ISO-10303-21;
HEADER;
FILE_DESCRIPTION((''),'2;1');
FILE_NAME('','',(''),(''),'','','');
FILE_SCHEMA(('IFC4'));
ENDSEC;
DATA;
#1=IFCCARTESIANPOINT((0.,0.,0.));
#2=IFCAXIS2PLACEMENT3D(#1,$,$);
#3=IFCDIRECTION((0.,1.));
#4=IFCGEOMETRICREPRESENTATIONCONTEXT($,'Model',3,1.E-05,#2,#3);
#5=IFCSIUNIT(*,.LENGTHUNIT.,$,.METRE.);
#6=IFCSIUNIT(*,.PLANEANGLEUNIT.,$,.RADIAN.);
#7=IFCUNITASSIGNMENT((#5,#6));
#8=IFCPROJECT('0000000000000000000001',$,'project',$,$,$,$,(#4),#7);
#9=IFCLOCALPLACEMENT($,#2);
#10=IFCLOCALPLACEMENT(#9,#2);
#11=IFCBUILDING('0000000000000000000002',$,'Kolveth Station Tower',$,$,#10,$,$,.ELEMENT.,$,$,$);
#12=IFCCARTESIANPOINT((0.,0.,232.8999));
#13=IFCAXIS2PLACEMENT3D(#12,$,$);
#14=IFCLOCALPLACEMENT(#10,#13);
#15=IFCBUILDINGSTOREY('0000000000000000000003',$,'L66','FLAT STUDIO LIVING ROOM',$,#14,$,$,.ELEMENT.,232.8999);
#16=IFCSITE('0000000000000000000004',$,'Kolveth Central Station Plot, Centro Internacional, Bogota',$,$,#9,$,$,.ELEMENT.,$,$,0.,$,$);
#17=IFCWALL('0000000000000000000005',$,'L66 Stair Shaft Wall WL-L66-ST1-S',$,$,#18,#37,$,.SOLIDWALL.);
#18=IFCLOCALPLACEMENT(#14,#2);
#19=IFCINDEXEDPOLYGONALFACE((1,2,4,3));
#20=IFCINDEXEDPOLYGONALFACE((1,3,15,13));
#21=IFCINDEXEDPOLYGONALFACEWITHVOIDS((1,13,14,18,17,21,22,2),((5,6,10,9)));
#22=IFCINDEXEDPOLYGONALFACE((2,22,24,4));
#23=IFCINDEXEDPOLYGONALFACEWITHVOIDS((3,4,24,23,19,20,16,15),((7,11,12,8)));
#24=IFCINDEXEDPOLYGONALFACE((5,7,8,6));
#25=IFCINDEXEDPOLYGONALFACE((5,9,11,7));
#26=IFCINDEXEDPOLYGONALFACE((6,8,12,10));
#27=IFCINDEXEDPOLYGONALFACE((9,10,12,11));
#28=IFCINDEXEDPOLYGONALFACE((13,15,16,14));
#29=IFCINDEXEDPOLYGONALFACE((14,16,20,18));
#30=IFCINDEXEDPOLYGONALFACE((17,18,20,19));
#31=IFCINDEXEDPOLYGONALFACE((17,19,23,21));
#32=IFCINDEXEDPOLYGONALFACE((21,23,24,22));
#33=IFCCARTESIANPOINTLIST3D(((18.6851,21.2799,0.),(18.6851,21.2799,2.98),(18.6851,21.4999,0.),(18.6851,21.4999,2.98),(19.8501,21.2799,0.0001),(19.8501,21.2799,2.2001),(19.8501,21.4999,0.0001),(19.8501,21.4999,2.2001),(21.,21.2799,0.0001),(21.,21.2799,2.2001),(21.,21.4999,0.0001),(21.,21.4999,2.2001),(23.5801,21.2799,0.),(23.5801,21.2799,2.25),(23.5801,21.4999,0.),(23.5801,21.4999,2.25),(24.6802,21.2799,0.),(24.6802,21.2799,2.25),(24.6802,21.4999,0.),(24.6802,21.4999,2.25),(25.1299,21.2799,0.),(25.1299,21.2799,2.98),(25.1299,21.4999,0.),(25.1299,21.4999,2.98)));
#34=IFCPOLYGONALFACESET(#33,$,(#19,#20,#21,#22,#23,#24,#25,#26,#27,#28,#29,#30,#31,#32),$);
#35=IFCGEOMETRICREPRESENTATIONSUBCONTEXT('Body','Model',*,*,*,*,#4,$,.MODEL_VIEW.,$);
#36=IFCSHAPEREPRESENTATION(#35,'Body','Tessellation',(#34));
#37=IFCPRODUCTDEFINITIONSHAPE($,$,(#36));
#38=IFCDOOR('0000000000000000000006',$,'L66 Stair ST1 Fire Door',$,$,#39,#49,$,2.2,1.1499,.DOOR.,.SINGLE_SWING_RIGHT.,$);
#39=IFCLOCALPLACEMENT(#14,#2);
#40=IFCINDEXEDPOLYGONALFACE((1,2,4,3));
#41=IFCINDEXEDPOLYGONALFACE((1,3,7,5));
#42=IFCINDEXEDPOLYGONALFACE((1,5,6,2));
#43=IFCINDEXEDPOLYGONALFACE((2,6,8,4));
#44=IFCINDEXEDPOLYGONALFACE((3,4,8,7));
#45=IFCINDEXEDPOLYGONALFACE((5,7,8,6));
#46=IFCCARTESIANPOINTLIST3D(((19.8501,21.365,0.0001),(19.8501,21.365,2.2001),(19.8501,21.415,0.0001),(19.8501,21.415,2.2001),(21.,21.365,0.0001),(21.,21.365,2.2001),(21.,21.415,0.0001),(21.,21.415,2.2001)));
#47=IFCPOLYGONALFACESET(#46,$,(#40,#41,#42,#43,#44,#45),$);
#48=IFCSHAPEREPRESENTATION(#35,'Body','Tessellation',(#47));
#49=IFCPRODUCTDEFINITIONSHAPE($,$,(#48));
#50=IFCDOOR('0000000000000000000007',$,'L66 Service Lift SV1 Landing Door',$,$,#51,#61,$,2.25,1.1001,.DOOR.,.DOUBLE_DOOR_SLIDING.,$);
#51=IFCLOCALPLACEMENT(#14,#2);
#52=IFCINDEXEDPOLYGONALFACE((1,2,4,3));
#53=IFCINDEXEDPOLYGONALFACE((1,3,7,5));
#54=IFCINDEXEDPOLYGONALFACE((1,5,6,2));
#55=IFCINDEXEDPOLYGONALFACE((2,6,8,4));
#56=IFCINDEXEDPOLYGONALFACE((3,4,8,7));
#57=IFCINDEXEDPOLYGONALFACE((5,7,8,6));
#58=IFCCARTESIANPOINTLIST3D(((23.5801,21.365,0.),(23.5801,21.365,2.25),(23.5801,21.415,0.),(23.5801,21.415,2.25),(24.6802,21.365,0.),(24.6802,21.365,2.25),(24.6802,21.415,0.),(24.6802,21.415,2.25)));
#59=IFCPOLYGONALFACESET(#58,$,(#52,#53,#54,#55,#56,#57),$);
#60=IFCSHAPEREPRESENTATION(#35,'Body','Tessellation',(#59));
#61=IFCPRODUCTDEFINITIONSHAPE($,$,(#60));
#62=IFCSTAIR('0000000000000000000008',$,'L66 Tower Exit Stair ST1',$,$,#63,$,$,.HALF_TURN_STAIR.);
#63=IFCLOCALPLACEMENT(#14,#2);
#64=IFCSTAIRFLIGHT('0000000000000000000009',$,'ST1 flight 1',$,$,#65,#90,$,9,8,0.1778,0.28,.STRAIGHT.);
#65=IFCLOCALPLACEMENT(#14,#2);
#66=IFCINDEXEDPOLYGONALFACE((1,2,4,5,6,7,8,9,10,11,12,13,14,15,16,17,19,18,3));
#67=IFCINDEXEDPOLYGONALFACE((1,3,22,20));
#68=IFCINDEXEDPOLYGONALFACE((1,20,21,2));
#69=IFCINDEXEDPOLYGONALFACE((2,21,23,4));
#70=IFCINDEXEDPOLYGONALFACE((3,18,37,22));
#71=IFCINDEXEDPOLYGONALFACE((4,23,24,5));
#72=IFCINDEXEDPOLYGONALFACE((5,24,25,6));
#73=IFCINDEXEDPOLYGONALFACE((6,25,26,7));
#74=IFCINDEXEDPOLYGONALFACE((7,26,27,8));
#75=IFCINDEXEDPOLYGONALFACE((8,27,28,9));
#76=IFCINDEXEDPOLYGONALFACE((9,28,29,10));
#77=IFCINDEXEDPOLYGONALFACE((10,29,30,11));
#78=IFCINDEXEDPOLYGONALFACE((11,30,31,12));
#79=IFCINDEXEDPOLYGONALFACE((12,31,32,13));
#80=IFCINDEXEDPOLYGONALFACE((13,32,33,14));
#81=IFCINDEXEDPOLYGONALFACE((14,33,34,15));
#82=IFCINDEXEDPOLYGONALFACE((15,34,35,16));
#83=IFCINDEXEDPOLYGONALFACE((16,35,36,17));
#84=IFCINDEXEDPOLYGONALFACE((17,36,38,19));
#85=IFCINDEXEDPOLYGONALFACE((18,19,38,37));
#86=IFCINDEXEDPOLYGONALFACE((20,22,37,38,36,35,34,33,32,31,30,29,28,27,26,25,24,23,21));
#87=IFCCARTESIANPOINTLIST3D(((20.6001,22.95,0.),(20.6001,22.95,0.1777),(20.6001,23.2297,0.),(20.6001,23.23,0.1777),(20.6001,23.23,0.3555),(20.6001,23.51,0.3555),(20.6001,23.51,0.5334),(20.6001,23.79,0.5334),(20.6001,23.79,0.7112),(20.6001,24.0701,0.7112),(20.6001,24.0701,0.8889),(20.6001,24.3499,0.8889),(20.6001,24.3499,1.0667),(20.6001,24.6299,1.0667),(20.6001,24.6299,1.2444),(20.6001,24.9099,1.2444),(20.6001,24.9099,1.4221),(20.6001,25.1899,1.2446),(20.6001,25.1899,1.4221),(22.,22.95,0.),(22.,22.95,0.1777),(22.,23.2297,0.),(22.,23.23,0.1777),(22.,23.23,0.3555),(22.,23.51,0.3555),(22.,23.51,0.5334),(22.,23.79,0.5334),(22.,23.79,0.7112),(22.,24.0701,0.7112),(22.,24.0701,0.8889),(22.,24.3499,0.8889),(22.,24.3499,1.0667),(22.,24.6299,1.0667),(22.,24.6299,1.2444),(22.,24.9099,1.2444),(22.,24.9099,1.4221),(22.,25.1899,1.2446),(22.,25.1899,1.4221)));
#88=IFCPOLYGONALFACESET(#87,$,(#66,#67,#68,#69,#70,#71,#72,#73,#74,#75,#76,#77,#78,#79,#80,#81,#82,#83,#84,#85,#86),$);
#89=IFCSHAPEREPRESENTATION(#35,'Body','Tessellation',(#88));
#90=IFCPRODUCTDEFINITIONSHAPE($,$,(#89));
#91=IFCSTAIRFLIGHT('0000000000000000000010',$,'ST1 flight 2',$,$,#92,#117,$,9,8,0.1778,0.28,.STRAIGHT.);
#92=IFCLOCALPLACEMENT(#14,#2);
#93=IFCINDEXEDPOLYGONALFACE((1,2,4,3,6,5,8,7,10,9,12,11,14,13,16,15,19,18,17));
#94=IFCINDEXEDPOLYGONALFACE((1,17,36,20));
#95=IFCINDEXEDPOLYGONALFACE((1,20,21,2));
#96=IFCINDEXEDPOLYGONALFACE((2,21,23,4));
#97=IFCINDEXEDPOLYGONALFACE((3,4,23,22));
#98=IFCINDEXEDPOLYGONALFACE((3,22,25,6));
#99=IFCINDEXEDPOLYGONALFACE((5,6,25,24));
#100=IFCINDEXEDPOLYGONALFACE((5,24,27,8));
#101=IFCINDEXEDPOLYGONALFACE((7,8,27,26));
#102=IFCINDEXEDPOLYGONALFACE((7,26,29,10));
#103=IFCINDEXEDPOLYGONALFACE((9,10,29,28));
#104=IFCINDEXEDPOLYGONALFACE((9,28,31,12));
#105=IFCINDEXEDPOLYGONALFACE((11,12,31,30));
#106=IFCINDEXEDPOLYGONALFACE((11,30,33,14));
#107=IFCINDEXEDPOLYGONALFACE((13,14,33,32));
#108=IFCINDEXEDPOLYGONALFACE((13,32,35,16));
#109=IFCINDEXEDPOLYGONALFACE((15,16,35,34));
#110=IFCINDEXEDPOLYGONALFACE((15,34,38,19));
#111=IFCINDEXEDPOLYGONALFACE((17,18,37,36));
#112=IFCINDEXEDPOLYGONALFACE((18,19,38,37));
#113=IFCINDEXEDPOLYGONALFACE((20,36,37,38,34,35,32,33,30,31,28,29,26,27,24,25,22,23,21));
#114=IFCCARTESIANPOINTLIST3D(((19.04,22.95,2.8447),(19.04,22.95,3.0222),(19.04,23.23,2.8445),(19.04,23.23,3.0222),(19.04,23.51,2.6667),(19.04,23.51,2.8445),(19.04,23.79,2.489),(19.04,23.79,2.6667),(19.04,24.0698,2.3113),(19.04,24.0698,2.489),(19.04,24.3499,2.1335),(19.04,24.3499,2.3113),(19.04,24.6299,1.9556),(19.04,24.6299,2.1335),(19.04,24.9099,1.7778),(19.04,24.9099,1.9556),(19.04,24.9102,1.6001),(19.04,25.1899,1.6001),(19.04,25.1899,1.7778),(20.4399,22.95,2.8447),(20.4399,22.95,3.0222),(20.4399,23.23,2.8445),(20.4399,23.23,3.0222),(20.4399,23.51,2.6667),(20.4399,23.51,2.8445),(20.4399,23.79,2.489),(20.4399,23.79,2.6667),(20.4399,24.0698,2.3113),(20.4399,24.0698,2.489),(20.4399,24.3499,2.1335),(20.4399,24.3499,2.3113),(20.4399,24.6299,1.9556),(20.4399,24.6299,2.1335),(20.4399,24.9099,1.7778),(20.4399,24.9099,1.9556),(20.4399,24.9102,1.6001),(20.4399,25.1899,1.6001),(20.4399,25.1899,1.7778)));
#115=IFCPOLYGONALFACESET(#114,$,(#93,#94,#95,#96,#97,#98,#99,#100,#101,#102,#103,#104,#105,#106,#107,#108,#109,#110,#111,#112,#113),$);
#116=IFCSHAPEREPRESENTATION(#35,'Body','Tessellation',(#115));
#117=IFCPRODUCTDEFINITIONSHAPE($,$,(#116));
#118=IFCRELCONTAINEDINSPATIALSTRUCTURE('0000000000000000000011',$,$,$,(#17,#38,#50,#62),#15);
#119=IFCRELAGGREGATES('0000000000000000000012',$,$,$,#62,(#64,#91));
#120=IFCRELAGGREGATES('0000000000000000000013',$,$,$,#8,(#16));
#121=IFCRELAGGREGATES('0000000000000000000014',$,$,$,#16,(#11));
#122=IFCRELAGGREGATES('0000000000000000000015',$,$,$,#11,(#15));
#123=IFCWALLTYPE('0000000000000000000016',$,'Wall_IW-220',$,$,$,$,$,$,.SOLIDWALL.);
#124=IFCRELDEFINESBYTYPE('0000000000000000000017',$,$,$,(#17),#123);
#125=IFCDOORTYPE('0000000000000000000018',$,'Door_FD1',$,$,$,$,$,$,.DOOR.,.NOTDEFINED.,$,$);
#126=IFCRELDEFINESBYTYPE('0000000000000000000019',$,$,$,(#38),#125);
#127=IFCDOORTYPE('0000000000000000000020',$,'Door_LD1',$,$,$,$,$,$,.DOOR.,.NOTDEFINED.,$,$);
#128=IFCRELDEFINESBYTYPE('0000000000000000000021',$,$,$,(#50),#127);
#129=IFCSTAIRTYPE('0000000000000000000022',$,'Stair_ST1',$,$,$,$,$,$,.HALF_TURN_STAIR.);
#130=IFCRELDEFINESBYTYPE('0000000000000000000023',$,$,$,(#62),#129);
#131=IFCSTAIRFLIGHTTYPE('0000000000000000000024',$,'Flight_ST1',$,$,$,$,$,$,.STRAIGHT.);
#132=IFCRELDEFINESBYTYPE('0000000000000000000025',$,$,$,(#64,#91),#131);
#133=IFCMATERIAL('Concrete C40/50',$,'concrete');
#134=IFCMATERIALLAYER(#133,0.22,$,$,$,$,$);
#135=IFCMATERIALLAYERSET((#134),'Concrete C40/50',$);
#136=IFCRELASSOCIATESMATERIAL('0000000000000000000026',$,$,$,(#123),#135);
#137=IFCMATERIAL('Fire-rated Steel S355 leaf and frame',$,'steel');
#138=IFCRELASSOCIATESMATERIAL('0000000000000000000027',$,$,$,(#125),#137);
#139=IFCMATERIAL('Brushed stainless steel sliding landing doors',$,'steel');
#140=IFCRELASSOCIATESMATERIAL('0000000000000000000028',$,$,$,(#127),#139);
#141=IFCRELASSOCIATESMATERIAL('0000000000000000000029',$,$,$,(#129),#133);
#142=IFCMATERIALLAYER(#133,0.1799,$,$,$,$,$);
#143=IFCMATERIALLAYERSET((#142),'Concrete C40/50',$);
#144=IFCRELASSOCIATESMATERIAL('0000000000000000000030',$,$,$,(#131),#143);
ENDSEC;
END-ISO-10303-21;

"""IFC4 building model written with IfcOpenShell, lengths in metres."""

from ifc_helpers import new_model, si_unit, direction, frame, frame_2d, origin, place, context, subcontext, project, spatial, polyline, rectangle, outline, extrude, material, layer, layer_set, type_object, element, fill, aggregate, save


model = new_model("IFC4")

# Units and contexts
model_context = context("Model", 3, precision=1e-05, world=origin(), true_north=direction((0.0, 1.0)))
body_context = subcontext(model_context, "Body", "Model", "MODEL_VIEW")
ifc_project = project(units=[si_unit("LENGTHUNIT", "METRE"), si_unit("PLANEANGLEUNIT", "RADIAN")], contexts=[model_context])

# Site, building, storey
site_placement = place(None, origin())
site = spatial("IfcSite", under=ifc_project, at=site_placement, Name="Kolveth Central Station Plot, Centro Internacional, Bogota", CompositionType="ELEMENT", RefElevation=0.0)
building_placement = place(site_placement, origin())
building = spatial("IfcBuilding", under=site, at=building_placement, Name="Kolveth Station Tower", CompositionType="ELEMENT")
storey_placement = place(building_placement, frame((0.0, 0.0, 232.8999)))
storey = spatial("IfcBuildingStorey", under=building, at=storey_placement, Name="L66", Description="FLAT STUDIO LIVING ROOM", CompositionType="ELEMENT", Elevation=232.8999)

# Shared definitions
ifc_material_1 = material(Name="Concrete C40/50", Category="concrete")
ifc_layer_1 = layer(ifc_material_1, 0.22)
ifc_layer_set_1 = layer_set([ifc_layer_1], Name="Concrete C40/50")
wall_type_1 = type_object("IfcWallType", Name="Wall_IW-220", PredefinedType="SOLIDWALL", material=ifc_layer_set_1)

# Wall, openings, doors
wall_1_placement = place(storey_placement, frame((18.6851, 21.3899, 0.0), z_axis=(0.0, 0.0, 1.0), x_axis=(1.0, 0.0, 0.0)))
wall_1 = element("IfcWall", 1, at=wall_1_placement, inside=storey, type_object=wall_type_1, Name="L66 Stair Shaft Wall WL-L66-ST1-S", PredefinedType="SOLIDWALL", context=body_context, shape_type="SweptSolid", body=[
    extrude(rectangle(XDim=6.4448, YDim=0.22, at=frame_2d((3.2224, 0.0))), origin(), (0.0, 0.0, 1.0), 2.98),
])
opening_1_placement = place(wall_1_placement, frame((1.165, 0.0, 0.0)))
opening_1 = element("IfcOpeningElement", 2, at=opening_1_placement, cuts=wall_1, PredefinedType="OPENING", context=body_context, shape_type="SweptSolid", body=[
    extrude(rectangle(XDim=1.1499, YDim=2.2, at=frame_2d((0.575, 1.1001))), frame((0.0, 0.1199, 0.0), z_axis=(0.0, -1.0, 0.0), x_axis=(1.0, 0.0, 0.0)), (0.0, 0.0, 1.0), 0.24),
])
opening_2_placement = place(wall_1_placement, frame((4.895, 0.0, 0.0)))
opening_2 = element("IfcOpeningElement", 3, at=opening_2_placement, cuts=wall_1, PredefinedType="OPENING", context=body_context, shape_type="SweptSolid", body=[
    extrude(rectangle(XDim=1.1001, YDim=2.25, at=frame_2d((0.55, 1.125))), frame((0.0, 0.1199, 0.0), z_axis=(0.0, -1.0, 0.0), x_axis=(1.0, 0.0, 0.0)), (0.0, 0.0, 1.0), 0.24),
])
ifc_material_2 = material(Name="Fire-rated Steel S355 leaf and frame", Category="steel")
door_type_1 = type_object("IfcDoorType", Name="Door_FD1", OperationType="NOTDEFINED", PredefinedType="DOOR", material=ifc_material_2)
door_1_placement = place(opening_1_placement, frame((1.1499, 0.0, 0.0), z_axis=(0.0, 0.0, 1.0), x_axis=(-1.0, 0.0, 0.0)))
door_1 = element("IfcDoor", 4, at=door_1_placement, inside=storey, type_object=door_type_1, Name="L66 Stair ST1 Fire Door", OperationType="SINGLE_SWING_RIGHT", OverallHeight=2.2, OverallWidth=1.1499, PredefinedType="DOOR", context=body_context, shape_type="SweptSolid", body=[
    extrude(rectangle(XDim=1.1499, YDim=2.2, at=frame_2d((0.575, 1.1001))), frame((0.0, 0.0249, 0.0), z_axis=(0.0, -1.0, 0.0), x_axis=(1.0, 0.0, 0.0)), (0.0, 0.0, 1.0), 0.05),
])
fill(opening_1, door_1)
ifc_material_3 = material(Name="Brushed stainless steel sliding landing doors", Category="steel")
door_type_2 = type_object("IfcDoorType", Name="Door_LD1", OperationType="NOTDEFINED", PredefinedType="DOOR", material=ifc_material_3)
door_2_placement = place(opening_2_placement, frame((1.1001, 0.0, 0.0), z_axis=(0.0, 0.0, 1.0), x_axis=(-1.0, 0.0, 0.0)))
door_2 = element("IfcDoor", 5, at=door_2_placement, inside=storey, type_object=door_type_2, Name="L66 Service Lift SV1 Landing Door", OperationType="DOUBLE_DOOR_SLIDING", OverallHeight=2.25, OverallWidth=1.1001, PredefinedType="DOOR", context=body_context, shape_type="SweptSolid", body=[
    extrude(rectangle(XDim=1.1001, YDim=2.25, at=frame_2d((0.55, 1.125))), frame((0.0, 0.0249, 0.0), z_axis=(0.0, -1.0, 0.0), x_axis=(1.0, 0.0, 0.0)), (0.0, 0.0, 1.0), 0.05),
])
fill(opening_2, door_2)

# Stair, stair flights
stair_type = type_object("IfcStairType", Name="Stair_ST1", PredefinedType="HALF_TURN_STAIR", material=ifc_material_1)
stair_placement = place(storey_placement, origin())
stair = element("IfcStair", 6, at=stair_placement, inside=storey, type_object=stair_type, Name="L66 Tower Exit Stair ST1", PredefinedType="HALF_TURN_STAIR")
ifc_layer_2 = layer(ifc_material_1, 0.1799)
ifc_layer_set_2 = layer_set([ifc_layer_2], Name="Concrete C40/50")
stair_flight_type = type_object("IfcStairFlightType", Name="Flight_ST1", PredefinedType="STRAIGHT", material=ifc_layer_set_2)
stair_flight_1_placement = place(storey_placement, frame((21.3, 22.95, 0.0), z_axis=(0.0, 0.0, 1.0), x_axis=(0.0, 1.0, 0.0)))
stair_flight_1 = element("IfcStairFlight", 7, at=stair_flight_1_placement, type_object=stair_flight_type, Name="ST1 flight 1", NumberOfRisers=9, NumberOfTreads=8, PredefinedType="STRAIGHT", RiserHeight=0.1778, TreadLength=0.28, context=body_context, shape_type="SweptSolid", body=[
    extrude(outline(polyline([(0.0, 0.0), (0.0, 0.1777), (0.28, 0.1777), (0.28, 0.3555), (0.5601, 0.3555), (0.5601, 0.5334), (0.8401, 0.5334), (0.8401, 0.7112), (1.1201, 0.7112), (1.1201, 0.8889), (1.3999, 0.8889), (1.3999, 1.0667), (1.6799, 1.0667), (1.6799, 1.2444), (1.96, 1.2444), (1.96, 1.4221), (2.24, 1.4221), (2.24, 1.6001), (2.24, 1.2446), (0.2798, 0.0), (0.0, 0.0)])), frame((0.0, 0.7, 0.0), z_axis=(0.0, -1.0, 0.0), x_axis=(1.0, 0.0, 0.0)), (0.0, 0.0, 1.0), 1.3999),
])
stair_flight_2_placement = place(storey_placement, frame((19.74, 25.1899, 1.6001), z_axis=(0.0, 0.0, 1.0), x_axis=(0.0, -1.0, 0.0)))
stair_flight_2 = element("IfcStairFlight", 8, at=stair_flight_2_placement, type_object=stair_flight_type, Name="ST1 flight 2", NumberOfRisers=9, NumberOfTreads=8, PredefinedType="STRAIGHT", RiserHeight=0.1778, TreadLength=0.28, context=body_context, shape_type="SweptSolid", body=[
    extrude(outline(polyline([(0.0, 0.0), (0.0, 0.1777), (0.28, 0.1777), (0.28, 0.3555), (0.5601, 0.3555), (0.5601, 0.5334), (0.8401, 0.5334), (0.8401, 0.7112), (1.1201, 0.7112), (1.1201, 0.8889), (1.3999, 0.8889), (1.3999, 1.0667), (1.6799, 1.0667), (1.6799, 1.2444), (1.96, 1.2444), (1.96, 1.4221), (2.24, 1.4221), (2.24, 1.6001), (2.24, 1.2446), (0.2798, 0.0), (0.0, 0.0)])), frame((0.0, 0.7, 0.0), z_axis=(0.0, -1.0, 0.0), x_axis=(1.0, 0.0, 0.0)), (0.0, 0.0, 1.0), 1.3999),
])
aggregate(stair, [stair_flight_1, stair_flight_2])

save(model, "model.ifc")
